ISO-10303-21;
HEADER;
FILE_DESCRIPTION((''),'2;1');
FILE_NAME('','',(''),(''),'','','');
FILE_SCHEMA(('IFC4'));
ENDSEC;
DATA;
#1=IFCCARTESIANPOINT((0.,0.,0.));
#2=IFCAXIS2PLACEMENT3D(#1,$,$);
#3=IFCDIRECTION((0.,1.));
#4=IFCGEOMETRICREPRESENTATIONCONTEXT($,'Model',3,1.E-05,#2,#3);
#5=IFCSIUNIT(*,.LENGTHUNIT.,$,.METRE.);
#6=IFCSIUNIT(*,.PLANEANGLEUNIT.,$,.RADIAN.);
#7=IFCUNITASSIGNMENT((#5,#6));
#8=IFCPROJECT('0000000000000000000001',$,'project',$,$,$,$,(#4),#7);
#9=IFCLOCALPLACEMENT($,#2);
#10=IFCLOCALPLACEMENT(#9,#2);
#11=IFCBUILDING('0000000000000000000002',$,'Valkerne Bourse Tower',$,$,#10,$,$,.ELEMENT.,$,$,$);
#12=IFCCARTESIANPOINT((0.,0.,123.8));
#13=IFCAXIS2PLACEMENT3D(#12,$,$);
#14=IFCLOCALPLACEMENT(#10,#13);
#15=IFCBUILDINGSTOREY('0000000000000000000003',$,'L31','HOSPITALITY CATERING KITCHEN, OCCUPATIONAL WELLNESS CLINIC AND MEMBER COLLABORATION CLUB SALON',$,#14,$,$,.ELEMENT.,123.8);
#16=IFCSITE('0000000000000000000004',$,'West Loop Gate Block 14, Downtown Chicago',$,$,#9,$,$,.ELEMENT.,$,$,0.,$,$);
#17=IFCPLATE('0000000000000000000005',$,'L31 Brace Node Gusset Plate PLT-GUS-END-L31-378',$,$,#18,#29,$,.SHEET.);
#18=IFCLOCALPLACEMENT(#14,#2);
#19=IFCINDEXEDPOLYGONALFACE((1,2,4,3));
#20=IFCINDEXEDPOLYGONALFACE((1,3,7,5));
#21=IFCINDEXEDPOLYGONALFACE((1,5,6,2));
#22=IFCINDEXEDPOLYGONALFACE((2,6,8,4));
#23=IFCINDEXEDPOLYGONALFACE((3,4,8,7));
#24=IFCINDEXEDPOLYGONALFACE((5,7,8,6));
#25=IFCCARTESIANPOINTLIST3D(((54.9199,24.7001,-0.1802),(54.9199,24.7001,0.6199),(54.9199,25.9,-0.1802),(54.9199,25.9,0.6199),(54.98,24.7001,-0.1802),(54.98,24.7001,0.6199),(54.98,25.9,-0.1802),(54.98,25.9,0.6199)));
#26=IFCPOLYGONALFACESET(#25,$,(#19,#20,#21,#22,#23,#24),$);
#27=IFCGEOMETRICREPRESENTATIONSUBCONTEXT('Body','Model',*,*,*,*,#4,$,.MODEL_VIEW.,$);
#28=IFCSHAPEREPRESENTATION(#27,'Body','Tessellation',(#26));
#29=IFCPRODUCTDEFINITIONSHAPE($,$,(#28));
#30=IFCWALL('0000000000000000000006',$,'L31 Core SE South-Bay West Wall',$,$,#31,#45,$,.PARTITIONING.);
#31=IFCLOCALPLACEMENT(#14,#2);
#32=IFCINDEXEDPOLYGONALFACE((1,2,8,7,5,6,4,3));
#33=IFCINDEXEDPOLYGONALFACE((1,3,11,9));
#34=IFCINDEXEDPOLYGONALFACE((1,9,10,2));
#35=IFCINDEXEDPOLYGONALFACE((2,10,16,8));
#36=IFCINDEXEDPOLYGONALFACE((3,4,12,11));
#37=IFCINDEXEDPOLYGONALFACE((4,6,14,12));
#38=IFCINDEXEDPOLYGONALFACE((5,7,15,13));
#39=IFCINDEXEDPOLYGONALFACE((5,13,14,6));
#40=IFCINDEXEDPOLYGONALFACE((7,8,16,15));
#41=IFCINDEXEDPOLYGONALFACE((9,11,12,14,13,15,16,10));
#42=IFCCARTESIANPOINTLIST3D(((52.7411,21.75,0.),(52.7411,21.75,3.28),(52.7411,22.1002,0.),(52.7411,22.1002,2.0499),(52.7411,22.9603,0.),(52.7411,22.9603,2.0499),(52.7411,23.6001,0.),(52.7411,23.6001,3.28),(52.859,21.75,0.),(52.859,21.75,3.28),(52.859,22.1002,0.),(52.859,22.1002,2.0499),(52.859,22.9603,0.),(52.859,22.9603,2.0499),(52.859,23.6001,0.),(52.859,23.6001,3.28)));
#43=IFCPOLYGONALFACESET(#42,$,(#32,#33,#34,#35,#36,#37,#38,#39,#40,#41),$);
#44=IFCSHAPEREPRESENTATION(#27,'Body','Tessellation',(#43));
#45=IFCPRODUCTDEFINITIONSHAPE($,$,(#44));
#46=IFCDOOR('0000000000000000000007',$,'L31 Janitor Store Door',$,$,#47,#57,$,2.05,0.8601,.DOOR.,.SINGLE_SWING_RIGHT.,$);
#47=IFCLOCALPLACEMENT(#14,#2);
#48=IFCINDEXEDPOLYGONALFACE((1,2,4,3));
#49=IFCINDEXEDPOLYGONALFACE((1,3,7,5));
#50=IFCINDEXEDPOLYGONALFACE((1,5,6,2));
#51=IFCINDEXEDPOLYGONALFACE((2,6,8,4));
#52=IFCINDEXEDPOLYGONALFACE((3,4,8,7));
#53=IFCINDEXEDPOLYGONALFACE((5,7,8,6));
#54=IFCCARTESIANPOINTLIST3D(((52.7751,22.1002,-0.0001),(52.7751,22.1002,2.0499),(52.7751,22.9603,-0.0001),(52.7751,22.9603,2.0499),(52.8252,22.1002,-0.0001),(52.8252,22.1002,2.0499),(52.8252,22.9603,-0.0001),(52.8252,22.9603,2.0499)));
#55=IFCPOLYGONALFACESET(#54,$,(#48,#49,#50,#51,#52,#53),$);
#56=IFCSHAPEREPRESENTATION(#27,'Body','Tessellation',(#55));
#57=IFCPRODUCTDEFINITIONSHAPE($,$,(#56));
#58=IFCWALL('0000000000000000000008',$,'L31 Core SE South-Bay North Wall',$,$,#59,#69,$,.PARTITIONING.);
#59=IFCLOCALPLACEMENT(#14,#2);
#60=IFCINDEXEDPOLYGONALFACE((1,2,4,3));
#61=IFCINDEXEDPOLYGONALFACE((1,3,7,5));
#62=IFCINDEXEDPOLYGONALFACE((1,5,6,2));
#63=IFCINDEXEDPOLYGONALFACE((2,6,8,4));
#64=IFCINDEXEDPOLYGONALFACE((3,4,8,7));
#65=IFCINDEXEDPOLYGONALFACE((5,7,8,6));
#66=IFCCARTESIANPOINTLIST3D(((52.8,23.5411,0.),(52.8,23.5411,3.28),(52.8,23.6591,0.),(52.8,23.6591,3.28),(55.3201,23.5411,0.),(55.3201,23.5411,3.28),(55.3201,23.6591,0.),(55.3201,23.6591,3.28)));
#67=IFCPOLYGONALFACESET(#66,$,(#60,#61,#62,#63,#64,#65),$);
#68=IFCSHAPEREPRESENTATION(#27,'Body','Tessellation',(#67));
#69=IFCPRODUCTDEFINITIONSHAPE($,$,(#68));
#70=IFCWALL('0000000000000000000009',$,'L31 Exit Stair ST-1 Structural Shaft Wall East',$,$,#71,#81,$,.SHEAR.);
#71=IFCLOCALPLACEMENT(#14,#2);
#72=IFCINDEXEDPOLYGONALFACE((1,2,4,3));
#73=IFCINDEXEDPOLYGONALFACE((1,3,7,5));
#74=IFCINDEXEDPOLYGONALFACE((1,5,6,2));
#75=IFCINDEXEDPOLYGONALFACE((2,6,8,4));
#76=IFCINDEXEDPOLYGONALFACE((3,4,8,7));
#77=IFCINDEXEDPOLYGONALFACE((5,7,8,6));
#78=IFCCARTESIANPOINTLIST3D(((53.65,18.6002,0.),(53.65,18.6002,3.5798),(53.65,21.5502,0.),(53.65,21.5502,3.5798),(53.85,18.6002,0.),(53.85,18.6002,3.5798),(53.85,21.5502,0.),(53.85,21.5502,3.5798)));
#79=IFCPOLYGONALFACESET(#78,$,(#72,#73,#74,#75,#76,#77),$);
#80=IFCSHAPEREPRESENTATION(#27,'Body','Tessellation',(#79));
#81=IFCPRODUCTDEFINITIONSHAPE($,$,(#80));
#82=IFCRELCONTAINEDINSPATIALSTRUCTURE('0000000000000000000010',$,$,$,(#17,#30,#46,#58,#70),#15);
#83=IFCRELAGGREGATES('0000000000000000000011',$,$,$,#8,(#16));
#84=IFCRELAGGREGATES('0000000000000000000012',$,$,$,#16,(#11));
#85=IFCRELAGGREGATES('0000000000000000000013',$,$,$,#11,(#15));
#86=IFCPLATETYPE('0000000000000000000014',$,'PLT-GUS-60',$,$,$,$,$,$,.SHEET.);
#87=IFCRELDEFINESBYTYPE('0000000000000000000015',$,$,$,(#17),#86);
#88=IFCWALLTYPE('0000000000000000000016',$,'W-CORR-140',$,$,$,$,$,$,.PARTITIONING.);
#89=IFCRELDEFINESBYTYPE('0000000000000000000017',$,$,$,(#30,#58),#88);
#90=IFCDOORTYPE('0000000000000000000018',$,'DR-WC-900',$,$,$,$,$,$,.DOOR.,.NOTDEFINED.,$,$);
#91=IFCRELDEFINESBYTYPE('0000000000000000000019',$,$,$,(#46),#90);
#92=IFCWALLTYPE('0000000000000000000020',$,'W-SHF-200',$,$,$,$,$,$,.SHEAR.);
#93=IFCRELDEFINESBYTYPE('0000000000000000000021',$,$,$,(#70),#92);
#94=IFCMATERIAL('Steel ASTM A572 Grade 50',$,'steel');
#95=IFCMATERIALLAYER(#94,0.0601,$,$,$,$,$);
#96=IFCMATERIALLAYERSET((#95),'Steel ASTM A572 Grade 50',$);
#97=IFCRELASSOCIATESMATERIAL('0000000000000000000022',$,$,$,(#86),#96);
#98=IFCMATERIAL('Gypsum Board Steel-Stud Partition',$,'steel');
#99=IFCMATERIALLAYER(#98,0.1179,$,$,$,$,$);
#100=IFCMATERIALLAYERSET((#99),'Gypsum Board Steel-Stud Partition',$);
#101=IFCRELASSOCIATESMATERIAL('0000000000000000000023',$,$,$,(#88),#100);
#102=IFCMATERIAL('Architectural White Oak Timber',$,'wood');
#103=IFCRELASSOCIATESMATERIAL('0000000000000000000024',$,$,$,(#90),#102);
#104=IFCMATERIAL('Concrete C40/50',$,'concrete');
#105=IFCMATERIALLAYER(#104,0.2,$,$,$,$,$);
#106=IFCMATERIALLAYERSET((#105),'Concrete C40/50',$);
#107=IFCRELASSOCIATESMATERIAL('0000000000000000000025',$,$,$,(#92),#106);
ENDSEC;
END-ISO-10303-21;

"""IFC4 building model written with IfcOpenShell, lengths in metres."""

from ifc_helpers import new_model, si_unit, direction, frame, frame_2d, origin, origin_2d, place, context, subcontext, project, spatial, rectangle, extrude, material, layer, layer_set, type_object, element, fill, save


model = new_model("IFC4")

# Units and contexts
model_context = context("Model", 3, precision=1e-05, world=origin(), true_north=direction((0.0, 1.0)))
body_context = subcontext(model_context, "Body", "Model", "MODEL_VIEW")
ifc_project = project(units=[si_unit("LENGTHUNIT", "METRE"), si_unit("PLANEANGLEUNIT", "RADIAN")], contexts=[model_context])

# Site, building, storey
site_placement = place(None, origin())
site = spatial("IfcSite", under=ifc_project, at=site_placement, Name="West Loop Gate Block 14, Downtown Chicago", CompositionType="ELEMENT", RefElevation=0.0)
building_placement = place(site_placement, origin())
building = spatial("IfcBuilding", under=site, at=building_placement, Name="Valkerne Bourse Tower", CompositionType="ELEMENT")
storey_placement = place(building_placement, frame((0.0, 0.0, 123.8)))
storey = spatial("IfcBuildingStorey", under=building, at=storey_placement, Name="L31", Description="HOSPITALITY CATERING KITCHEN, OCCUPATIONAL WELLNESS CLINIC AND MEMBER COLLABORATION CLUB SALON", CompositionType="ELEMENT", Elevation=123.8)

# Plate
ifc_material_1 = material(Name="Steel ASTM A572 Grade 50", Category="steel")
ifc_layer_1 = layer(ifc_material_1, 0.0601)
ifc_layer_set_1 = layer_set([ifc_layer_1], Name="Steel ASTM A572 Grade 50")
plate_type_1 = type_object("IfcPlateType", Name="PLT-GUS-60", PredefinedType="SHEET", material=ifc_layer_set_1)
plate_1_placement = place(storey_placement, frame((54.95, 25.3, -0.1802), z_axis=(0.0, 0.0, 1.0), x_axis=(0.0, 1.0, 0.0)))
element("IfcPlate", 1, at=plate_1_placement, inside=storey, type_object=plate_type_1, Name="L31 Brace Node Gusset Plate PLT-GUS-END-L31-378", PredefinedType="SHEET", context=body_context, shape_type="SweptSolid", body=[
    extrude(rectangle(XDim=1.2, YDim=0.0601, at=origin_2d()), origin(), (0.0, 0.0, 1.0), 0.8),
])

# Wall, opening, door
ifc_material_2 = material(Name="Gypsum Board Steel-Stud Partition", Category="steel")
ifc_layer_2 = layer(ifc_material_2, 0.1179)
ifc_layer_set_2 = layer_set([ifc_layer_2], Name="Gypsum Board Steel-Stud Partition")
wall_type_1 = type_object("IfcWallType", Name="W-CORR-140", PredefinedType="PARTITIONING", material=ifc_layer_set_2)
wall_1_placement = place(storey_placement, frame((52.8, 21.75, 0.0), z_axis=(0.0, 0.0, 1.0), x_axis=(0.0, 1.0, 0.0)))
wall_1 = element("IfcWall", 2, at=wall_1_placement, inside=storey, type_object=wall_type_1, Name="L31 Core SE South-Bay West Wall", PredefinedType="PARTITIONING", context=body_context, shape_type="SweptSolid", body=[
    extrude(rectangle(XDim=1.8501, YDim=0.1179, at=frame_2d((0.925, 0.0))), origin(), (0.0, 0.0, 1.0), 3.28),
])
opening_1_placement = place(wall_1_placement, frame((0.3501, 0.0, 0.0)))
opening_1 = element("IfcOpeningElement", 3, at=opening_1_placement, cuts=wall_1, PredefinedType="OPENING", context=body_context, shape_type="SweptSolid", body=[
    extrude(rectangle(XDim=0.8601, YDim=2.05, at=frame_2d((0.4302, 1.0249))), frame((0.0, 0.0688, 0.0), z_axis=(0.0, -1.0, 0.0), x_axis=(1.0, 0.0, 0.0)), (0.0, 0.0, 1.0), 0.1379),
])
ifc_material_3 = material(Name="Architectural White Oak Timber", Category="wood")
door_type_1 = type_object("IfcDoorType", Name="DR-WC-900", OperationType="NOTDEFINED", PredefinedType="DOOR", material=ifc_material_3)
door_1_placement = place(opening_1_placement, origin())
door_1 = element("IfcDoor", 4, at=door_1_placement, inside=storey, type_object=door_type_1, Name="L31 Janitor Store Door", OperationType="SINGLE_SWING_RIGHT", OverallHeight=2.05, OverallWidth=0.8601, PredefinedType="DOOR", context=body_context, shape_type="SweptSolid", body=[
    extrude(rectangle(XDim=0.8601, YDim=2.05, at=frame_2d((0.4302, 1.0249))), frame((0.0, 0.0249, 0.0), z_axis=(0.0, -1.0, 0.0), x_axis=(1.0, 0.0, 0.0)), (0.0, 0.0, 1.0), 0.05),
])
fill(opening_1, door_1)

# Walls
wall_2_placement = place(storey_placement, frame((52.8, 23.6001, 0.0), z_axis=(0.0, 0.0, 1.0), x_axis=(1.0, 0.0, 0.0)))
element("IfcWall", 5, at=wall_2_placement, inside=storey, type_object=wall_type_1, Name="L31 Core SE South-Bay North Wall", PredefinedType="PARTITIONING", context=body_context, shape_type="SweptSolid", body=[
    extrude(rectangle(XDim=2.52, YDim=0.1179, at=frame_2d((1.26, 0.0))), origin(), (0.0, 0.0, 1.0), 3.28),
])
ifc_material_4 = material(Name="Concrete C40/50", Category="concrete")
ifc_layer_3 = layer(ifc_material_4, 0.2)
ifc_layer_set_3 = layer_set([ifc_layer_3], Name="Concrete C40/50")
wall_type_2 = type_object("IfcWallType", Name="W-SHF-200", PredefinedType="SHEAR", material=ifc_layer_set_3)
wall_3_placement = place(storey_placement, frame((53.75, 18.6001, 0.0), z_axis=(0.0, 0.0, 1.0), x_axis=(0.0, 1.0, 0.0)))
element("IfcWall", 6, at=wall_3_placement, inside=storey, type_object=wall_type_2, Name="L31 Exit Stair ST-1 Structural Shaft Wall East", PredefinedType="SHEAR", context=body_context, shape_type="SweptSolid", body=[
    extrude(rectangle(XDim=2.95, YDim=0.2, at=frame_2d((1.4751, 0.0))), origin(), (0.0, 0.0, 1.0), 3.5798),
])

save(model, "model.ifc")
